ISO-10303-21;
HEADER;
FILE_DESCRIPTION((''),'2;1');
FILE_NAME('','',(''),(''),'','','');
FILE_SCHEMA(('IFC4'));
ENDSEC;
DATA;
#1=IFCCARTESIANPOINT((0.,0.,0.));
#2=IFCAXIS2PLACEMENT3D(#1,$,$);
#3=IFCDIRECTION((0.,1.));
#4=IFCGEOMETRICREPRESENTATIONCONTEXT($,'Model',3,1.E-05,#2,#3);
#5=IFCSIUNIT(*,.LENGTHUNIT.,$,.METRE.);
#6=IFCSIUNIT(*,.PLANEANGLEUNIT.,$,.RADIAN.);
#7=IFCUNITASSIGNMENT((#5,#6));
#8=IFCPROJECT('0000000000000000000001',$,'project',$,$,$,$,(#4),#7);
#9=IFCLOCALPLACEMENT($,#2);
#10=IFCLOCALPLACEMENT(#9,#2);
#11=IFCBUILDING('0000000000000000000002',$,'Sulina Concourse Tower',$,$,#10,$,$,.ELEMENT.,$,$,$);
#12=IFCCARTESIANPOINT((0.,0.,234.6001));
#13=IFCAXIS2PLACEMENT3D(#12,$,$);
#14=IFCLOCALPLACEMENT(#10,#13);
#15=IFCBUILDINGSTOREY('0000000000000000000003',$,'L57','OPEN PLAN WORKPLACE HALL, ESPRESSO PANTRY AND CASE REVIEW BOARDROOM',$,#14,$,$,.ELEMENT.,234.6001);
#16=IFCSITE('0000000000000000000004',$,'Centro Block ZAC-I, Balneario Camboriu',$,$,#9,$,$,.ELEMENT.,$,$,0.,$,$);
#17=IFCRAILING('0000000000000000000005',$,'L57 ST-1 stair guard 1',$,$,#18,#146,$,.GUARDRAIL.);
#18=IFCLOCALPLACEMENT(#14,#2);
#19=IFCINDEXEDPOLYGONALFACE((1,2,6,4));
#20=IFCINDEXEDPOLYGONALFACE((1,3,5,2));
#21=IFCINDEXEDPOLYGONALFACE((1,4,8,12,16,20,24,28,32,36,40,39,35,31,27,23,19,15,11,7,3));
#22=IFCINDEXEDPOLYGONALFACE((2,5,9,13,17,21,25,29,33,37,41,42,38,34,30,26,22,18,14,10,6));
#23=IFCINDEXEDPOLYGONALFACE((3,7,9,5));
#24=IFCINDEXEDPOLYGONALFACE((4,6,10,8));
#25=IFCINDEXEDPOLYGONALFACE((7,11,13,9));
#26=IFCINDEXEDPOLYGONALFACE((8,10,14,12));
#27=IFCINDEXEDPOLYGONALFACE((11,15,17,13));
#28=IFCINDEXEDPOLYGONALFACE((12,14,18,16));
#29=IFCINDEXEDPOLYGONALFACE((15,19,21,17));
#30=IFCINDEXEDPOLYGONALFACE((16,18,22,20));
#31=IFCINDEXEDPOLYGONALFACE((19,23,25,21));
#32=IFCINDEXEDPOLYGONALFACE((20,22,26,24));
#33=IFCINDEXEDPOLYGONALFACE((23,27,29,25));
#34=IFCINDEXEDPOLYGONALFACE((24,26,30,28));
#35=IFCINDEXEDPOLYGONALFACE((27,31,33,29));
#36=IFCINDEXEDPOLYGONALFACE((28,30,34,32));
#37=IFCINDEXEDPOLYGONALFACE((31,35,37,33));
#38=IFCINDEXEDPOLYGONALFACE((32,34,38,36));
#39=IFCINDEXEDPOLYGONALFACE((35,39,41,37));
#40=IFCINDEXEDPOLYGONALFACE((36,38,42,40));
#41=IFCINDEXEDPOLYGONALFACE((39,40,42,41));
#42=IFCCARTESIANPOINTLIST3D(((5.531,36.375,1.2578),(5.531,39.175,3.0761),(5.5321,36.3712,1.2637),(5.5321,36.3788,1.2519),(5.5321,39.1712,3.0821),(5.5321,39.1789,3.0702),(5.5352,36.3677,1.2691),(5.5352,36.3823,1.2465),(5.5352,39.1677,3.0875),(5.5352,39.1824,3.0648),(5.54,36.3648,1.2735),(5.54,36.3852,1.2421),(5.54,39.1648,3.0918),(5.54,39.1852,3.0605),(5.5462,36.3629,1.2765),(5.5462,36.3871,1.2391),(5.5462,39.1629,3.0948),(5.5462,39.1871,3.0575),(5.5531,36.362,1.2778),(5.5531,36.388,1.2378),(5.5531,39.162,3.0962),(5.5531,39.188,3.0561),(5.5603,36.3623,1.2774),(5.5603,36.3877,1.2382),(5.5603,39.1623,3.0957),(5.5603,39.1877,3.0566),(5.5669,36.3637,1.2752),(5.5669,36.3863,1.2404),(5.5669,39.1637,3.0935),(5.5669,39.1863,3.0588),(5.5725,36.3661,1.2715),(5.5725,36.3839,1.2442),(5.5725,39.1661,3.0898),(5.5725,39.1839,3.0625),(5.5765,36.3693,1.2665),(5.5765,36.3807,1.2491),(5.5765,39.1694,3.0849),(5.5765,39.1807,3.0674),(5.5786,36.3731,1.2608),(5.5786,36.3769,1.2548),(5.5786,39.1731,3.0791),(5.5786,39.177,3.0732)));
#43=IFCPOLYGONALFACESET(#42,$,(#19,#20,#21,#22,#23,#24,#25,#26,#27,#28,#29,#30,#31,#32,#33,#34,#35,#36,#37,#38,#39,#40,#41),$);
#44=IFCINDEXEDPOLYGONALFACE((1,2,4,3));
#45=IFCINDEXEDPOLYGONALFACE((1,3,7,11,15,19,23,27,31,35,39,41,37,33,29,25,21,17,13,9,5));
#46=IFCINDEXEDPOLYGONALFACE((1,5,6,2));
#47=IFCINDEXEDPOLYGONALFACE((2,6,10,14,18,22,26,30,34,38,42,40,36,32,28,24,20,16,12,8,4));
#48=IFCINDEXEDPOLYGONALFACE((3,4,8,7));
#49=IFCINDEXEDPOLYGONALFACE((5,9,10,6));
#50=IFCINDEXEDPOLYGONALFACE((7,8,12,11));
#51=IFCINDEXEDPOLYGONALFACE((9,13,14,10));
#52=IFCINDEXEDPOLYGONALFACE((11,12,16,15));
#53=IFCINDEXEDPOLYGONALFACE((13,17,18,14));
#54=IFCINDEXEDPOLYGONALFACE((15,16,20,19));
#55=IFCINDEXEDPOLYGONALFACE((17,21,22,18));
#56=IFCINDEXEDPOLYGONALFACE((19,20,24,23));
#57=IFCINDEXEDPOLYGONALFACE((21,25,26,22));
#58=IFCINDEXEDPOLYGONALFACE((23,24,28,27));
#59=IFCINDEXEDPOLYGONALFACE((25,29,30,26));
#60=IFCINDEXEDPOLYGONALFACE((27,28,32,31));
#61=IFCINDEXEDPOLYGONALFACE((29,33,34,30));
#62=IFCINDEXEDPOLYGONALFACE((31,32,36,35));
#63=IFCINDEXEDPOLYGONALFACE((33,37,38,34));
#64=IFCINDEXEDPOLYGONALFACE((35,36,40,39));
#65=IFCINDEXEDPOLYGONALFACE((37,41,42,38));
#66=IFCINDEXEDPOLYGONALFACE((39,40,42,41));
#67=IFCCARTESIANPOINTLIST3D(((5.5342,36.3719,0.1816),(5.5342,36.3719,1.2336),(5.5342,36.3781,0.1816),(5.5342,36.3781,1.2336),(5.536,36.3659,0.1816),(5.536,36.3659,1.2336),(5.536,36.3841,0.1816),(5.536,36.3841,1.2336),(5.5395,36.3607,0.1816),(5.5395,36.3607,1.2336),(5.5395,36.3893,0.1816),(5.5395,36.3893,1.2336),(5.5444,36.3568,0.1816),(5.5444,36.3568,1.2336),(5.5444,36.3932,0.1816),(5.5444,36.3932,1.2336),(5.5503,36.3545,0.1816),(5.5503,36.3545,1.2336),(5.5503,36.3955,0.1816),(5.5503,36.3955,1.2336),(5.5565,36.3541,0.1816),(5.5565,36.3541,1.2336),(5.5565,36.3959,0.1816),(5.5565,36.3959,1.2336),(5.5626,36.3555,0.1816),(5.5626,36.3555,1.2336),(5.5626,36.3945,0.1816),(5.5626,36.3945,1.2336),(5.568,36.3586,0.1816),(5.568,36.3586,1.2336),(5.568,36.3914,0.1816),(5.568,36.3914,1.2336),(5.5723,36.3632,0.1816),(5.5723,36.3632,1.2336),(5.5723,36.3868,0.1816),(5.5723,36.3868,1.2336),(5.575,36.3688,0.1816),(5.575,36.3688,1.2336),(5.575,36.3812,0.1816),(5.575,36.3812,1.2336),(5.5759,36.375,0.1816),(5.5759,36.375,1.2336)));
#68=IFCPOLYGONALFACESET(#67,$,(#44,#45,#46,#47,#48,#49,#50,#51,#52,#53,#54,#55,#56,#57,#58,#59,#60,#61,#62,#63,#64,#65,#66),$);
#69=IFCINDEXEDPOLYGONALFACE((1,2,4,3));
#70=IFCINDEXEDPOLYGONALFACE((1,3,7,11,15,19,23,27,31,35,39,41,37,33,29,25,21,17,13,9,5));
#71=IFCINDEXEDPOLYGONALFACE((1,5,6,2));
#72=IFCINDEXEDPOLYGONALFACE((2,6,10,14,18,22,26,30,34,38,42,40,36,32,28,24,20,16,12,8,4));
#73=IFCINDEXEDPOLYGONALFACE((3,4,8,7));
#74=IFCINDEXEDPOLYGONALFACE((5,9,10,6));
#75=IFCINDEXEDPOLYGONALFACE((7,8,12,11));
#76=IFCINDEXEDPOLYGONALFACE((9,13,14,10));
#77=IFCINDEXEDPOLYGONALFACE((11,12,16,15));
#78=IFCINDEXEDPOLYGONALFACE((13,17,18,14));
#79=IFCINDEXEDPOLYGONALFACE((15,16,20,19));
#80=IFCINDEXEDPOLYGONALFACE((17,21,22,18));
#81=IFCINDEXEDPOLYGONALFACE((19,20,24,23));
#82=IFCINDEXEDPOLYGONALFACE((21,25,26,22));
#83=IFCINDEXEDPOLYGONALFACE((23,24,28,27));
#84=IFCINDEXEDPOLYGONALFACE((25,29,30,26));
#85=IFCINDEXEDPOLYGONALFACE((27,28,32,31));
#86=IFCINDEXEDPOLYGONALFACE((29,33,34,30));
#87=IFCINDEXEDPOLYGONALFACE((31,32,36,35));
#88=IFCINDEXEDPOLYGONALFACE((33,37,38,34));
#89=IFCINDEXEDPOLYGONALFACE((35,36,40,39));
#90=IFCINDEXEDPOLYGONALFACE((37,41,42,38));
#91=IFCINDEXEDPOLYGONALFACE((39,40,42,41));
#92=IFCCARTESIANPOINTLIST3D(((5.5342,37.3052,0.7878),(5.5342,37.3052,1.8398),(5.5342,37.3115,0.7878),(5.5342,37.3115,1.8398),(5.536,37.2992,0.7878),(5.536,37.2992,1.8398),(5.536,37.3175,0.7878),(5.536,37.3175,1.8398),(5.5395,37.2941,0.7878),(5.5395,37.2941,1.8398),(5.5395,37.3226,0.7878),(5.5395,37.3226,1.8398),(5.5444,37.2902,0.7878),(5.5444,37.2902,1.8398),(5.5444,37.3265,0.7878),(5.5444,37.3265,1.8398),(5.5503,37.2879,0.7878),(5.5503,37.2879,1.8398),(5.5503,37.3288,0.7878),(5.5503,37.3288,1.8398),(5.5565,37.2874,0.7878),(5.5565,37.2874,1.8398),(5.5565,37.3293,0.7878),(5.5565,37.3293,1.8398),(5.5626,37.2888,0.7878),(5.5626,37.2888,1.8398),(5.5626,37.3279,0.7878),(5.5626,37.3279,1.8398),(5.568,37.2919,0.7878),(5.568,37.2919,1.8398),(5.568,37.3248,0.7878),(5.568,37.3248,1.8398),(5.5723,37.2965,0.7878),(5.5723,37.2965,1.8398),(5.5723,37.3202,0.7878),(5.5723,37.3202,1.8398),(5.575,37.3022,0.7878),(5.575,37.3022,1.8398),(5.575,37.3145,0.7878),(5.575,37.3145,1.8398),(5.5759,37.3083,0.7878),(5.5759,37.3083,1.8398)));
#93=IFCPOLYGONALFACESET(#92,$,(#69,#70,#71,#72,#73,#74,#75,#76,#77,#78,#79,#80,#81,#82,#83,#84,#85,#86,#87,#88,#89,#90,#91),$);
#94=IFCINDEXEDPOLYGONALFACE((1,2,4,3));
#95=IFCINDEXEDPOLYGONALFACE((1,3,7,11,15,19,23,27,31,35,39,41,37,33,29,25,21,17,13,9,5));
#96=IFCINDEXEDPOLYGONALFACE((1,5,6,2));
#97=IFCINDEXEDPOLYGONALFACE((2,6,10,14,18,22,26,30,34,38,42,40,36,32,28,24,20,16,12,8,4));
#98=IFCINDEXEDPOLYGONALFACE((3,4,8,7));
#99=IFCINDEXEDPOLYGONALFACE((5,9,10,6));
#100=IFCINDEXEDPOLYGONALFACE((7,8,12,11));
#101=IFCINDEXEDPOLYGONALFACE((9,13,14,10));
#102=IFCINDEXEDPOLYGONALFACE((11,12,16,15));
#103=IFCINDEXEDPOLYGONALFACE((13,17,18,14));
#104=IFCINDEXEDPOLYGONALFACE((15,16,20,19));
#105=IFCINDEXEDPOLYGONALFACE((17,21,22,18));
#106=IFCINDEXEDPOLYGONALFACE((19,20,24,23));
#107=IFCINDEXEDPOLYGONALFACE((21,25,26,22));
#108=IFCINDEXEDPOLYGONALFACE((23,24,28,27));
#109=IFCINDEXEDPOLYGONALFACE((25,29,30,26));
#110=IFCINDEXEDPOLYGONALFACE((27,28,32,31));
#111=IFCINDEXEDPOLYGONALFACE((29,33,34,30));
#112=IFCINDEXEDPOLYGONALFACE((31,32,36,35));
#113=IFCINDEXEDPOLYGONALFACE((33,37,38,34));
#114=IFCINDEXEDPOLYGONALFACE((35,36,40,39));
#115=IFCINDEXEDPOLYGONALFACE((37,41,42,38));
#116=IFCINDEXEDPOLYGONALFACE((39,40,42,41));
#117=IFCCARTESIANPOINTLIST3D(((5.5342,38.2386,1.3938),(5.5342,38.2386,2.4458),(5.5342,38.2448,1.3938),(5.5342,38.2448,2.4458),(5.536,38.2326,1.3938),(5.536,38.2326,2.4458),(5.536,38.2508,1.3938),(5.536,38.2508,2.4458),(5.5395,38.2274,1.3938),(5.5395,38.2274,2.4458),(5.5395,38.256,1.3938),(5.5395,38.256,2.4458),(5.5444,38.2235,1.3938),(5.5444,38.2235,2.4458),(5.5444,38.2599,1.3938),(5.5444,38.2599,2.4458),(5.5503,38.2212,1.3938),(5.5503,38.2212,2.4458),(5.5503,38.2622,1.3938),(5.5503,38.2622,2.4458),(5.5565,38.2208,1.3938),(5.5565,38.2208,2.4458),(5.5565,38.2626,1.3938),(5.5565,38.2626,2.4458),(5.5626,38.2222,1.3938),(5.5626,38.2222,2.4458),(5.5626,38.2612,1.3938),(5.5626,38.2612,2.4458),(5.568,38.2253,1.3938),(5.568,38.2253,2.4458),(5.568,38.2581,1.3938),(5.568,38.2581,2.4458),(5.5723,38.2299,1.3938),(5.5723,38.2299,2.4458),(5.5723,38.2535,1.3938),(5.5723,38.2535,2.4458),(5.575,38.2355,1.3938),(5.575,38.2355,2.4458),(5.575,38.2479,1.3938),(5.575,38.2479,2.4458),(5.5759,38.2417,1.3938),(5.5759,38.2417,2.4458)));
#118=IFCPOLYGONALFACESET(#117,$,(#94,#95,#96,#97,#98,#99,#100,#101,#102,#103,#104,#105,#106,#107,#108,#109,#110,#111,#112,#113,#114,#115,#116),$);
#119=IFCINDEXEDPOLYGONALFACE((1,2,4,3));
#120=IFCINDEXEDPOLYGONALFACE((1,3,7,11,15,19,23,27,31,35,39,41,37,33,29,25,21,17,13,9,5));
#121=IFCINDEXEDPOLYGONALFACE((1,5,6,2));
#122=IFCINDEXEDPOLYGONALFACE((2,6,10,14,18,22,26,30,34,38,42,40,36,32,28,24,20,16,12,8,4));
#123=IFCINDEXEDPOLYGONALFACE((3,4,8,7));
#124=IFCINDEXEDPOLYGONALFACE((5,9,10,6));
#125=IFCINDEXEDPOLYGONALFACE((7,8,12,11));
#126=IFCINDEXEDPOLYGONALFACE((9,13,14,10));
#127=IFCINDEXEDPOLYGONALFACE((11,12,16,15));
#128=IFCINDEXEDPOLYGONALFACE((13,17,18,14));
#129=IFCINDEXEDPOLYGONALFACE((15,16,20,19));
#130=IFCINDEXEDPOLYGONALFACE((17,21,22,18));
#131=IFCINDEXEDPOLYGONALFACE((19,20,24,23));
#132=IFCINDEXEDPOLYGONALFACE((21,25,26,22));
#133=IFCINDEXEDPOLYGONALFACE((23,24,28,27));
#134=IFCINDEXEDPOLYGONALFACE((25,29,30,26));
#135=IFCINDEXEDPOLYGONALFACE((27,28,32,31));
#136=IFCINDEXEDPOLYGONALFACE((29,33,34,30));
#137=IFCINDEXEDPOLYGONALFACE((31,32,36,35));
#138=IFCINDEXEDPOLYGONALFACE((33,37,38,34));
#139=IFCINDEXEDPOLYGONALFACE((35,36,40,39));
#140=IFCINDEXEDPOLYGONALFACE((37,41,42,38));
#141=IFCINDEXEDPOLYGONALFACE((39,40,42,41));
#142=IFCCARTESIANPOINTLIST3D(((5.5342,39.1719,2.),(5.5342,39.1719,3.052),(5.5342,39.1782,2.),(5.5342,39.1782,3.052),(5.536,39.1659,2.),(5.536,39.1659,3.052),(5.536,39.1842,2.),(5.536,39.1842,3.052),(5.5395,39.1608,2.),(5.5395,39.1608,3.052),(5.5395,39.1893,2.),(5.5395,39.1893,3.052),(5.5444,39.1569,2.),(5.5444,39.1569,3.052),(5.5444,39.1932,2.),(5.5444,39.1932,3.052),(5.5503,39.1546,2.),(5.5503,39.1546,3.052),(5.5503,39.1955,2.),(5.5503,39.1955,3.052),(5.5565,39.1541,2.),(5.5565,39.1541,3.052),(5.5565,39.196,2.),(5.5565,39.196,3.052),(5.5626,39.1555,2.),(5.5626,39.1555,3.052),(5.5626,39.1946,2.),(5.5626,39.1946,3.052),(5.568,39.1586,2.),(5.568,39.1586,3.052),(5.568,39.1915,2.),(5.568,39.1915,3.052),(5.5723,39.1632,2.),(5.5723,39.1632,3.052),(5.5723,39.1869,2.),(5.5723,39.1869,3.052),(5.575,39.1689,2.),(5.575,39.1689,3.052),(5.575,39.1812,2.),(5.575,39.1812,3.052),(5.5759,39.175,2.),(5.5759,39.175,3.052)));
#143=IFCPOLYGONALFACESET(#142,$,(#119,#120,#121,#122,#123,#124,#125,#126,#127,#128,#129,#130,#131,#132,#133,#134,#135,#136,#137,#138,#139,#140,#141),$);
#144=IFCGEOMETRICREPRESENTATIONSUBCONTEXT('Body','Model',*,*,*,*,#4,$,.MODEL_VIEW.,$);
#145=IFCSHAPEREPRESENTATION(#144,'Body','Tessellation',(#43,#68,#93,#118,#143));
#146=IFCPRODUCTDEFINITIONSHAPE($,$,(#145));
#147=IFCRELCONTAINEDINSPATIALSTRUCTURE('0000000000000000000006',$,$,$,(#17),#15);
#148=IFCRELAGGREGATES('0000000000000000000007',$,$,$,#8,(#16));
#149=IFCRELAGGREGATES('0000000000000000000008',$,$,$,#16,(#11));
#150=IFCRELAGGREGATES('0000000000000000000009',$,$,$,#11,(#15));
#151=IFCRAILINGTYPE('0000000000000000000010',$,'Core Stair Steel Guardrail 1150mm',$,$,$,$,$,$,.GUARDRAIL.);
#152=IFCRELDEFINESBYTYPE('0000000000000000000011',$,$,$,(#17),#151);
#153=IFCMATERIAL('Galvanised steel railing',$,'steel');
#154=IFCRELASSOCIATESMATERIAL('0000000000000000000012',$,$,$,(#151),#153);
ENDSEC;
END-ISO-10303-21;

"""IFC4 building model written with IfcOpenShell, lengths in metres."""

from ifc_helpers import new_model, si_unit, direction, frame, origin, origin_2d, place, context, subcontext, project, spatial, circle, extrude, material, type_object, element, save


model = new_model("IFC4")

# Units and contexts
model_context = context("Model", 3, precision=1e-05, world=origin(), true_north=direction((0.0, 1.0)))
body_context = subcontext(model_context, "Body", "Model", "MODEL_VIEW")
ifc_project = project(units=[si_unit("LENGTHUNIT", "METRE"), si_unit("PLANEANGLEUNIT", "RADIAN")], contexts=[model_context])

# Site, building, storey
site_placement = place(None, origin())
site = spatial("IfcSite", under=ifc_project, at=site_placement, Name="Centro Block ZAC-I, Balneario Camboriu", CompositionType="ELEMENT", RefElevation=0.0)
building_placement = place(site_placement, origin())
building = spatial("IfcBuilding", under=site, at=building_placement, Name="Sulina Concourse Tower", CompositionType="ELEMENT")
storey_placement = place(building_placement, frame((0.0, 0.0, 234.6001)))
storey = spatial("IfcBuildingStorey", under=building, at=storey_placement, Name="L57", Description="OPEN PLAN WORKPLACE HALL, ESPRESSO PANTRY AND CASE REVIEW BOARDROOM", CompositionType="ELEMENT", Elevation=234.6001)

# Railing
ifc_material_1 = material(Name="Galvanised steel railing", Category="steel")
railing_type_1 = type_object("IfcRailingType", Name="Core Stair Steel Guardrail 1150mm", PredefinedType="GUARDRAIL", material=ifc_material_1)
railing_1_placement = place(storey_placement, frame((5.5549, 36.375, 0.1816)))
element("IfcRailing", 1, at=railing_1_placement, inside=storey, type_object=railing_type_1, Name="L57 ST-1 stair guard 1", PredefinedType="GUARDRAIL", context=body_context, shape_type="SweptSolid", body=[
    extrude(circle(Radius=0.0239, at=origin_2d()), frame((0.0, 0.0, 1.0762), z_axis=(0.0, 0.838672, 0.544636), x_axis=(-1.0, 0.0, 0.0)), (0.0, 0.0, 1.0), 3.3386),
    extrude(circle(Radius=0.021, at=origin_2d()), origin(), (0.0, 0.0, 1.0), 1.052),
    extrude(circle(Radius=0.021, at=origin_2d()), frame((0.0, 0.9333, 0.6062)), (0.0, 0.0, 1.0), 1.052),
    extrude(circle(Radius=0.021, at=origin_2d()), frame((0.0, 1.8667, 1.2122)), (0.0, 0.0, 1.0), 1.052),
    extrude(circle(Radius=0.021, at=origin_2d()), frame((0.0, 2.8, 1.8184)), (0.0, 0.0, 1.0), 1.052),
])

save(model, "model.ifc")
